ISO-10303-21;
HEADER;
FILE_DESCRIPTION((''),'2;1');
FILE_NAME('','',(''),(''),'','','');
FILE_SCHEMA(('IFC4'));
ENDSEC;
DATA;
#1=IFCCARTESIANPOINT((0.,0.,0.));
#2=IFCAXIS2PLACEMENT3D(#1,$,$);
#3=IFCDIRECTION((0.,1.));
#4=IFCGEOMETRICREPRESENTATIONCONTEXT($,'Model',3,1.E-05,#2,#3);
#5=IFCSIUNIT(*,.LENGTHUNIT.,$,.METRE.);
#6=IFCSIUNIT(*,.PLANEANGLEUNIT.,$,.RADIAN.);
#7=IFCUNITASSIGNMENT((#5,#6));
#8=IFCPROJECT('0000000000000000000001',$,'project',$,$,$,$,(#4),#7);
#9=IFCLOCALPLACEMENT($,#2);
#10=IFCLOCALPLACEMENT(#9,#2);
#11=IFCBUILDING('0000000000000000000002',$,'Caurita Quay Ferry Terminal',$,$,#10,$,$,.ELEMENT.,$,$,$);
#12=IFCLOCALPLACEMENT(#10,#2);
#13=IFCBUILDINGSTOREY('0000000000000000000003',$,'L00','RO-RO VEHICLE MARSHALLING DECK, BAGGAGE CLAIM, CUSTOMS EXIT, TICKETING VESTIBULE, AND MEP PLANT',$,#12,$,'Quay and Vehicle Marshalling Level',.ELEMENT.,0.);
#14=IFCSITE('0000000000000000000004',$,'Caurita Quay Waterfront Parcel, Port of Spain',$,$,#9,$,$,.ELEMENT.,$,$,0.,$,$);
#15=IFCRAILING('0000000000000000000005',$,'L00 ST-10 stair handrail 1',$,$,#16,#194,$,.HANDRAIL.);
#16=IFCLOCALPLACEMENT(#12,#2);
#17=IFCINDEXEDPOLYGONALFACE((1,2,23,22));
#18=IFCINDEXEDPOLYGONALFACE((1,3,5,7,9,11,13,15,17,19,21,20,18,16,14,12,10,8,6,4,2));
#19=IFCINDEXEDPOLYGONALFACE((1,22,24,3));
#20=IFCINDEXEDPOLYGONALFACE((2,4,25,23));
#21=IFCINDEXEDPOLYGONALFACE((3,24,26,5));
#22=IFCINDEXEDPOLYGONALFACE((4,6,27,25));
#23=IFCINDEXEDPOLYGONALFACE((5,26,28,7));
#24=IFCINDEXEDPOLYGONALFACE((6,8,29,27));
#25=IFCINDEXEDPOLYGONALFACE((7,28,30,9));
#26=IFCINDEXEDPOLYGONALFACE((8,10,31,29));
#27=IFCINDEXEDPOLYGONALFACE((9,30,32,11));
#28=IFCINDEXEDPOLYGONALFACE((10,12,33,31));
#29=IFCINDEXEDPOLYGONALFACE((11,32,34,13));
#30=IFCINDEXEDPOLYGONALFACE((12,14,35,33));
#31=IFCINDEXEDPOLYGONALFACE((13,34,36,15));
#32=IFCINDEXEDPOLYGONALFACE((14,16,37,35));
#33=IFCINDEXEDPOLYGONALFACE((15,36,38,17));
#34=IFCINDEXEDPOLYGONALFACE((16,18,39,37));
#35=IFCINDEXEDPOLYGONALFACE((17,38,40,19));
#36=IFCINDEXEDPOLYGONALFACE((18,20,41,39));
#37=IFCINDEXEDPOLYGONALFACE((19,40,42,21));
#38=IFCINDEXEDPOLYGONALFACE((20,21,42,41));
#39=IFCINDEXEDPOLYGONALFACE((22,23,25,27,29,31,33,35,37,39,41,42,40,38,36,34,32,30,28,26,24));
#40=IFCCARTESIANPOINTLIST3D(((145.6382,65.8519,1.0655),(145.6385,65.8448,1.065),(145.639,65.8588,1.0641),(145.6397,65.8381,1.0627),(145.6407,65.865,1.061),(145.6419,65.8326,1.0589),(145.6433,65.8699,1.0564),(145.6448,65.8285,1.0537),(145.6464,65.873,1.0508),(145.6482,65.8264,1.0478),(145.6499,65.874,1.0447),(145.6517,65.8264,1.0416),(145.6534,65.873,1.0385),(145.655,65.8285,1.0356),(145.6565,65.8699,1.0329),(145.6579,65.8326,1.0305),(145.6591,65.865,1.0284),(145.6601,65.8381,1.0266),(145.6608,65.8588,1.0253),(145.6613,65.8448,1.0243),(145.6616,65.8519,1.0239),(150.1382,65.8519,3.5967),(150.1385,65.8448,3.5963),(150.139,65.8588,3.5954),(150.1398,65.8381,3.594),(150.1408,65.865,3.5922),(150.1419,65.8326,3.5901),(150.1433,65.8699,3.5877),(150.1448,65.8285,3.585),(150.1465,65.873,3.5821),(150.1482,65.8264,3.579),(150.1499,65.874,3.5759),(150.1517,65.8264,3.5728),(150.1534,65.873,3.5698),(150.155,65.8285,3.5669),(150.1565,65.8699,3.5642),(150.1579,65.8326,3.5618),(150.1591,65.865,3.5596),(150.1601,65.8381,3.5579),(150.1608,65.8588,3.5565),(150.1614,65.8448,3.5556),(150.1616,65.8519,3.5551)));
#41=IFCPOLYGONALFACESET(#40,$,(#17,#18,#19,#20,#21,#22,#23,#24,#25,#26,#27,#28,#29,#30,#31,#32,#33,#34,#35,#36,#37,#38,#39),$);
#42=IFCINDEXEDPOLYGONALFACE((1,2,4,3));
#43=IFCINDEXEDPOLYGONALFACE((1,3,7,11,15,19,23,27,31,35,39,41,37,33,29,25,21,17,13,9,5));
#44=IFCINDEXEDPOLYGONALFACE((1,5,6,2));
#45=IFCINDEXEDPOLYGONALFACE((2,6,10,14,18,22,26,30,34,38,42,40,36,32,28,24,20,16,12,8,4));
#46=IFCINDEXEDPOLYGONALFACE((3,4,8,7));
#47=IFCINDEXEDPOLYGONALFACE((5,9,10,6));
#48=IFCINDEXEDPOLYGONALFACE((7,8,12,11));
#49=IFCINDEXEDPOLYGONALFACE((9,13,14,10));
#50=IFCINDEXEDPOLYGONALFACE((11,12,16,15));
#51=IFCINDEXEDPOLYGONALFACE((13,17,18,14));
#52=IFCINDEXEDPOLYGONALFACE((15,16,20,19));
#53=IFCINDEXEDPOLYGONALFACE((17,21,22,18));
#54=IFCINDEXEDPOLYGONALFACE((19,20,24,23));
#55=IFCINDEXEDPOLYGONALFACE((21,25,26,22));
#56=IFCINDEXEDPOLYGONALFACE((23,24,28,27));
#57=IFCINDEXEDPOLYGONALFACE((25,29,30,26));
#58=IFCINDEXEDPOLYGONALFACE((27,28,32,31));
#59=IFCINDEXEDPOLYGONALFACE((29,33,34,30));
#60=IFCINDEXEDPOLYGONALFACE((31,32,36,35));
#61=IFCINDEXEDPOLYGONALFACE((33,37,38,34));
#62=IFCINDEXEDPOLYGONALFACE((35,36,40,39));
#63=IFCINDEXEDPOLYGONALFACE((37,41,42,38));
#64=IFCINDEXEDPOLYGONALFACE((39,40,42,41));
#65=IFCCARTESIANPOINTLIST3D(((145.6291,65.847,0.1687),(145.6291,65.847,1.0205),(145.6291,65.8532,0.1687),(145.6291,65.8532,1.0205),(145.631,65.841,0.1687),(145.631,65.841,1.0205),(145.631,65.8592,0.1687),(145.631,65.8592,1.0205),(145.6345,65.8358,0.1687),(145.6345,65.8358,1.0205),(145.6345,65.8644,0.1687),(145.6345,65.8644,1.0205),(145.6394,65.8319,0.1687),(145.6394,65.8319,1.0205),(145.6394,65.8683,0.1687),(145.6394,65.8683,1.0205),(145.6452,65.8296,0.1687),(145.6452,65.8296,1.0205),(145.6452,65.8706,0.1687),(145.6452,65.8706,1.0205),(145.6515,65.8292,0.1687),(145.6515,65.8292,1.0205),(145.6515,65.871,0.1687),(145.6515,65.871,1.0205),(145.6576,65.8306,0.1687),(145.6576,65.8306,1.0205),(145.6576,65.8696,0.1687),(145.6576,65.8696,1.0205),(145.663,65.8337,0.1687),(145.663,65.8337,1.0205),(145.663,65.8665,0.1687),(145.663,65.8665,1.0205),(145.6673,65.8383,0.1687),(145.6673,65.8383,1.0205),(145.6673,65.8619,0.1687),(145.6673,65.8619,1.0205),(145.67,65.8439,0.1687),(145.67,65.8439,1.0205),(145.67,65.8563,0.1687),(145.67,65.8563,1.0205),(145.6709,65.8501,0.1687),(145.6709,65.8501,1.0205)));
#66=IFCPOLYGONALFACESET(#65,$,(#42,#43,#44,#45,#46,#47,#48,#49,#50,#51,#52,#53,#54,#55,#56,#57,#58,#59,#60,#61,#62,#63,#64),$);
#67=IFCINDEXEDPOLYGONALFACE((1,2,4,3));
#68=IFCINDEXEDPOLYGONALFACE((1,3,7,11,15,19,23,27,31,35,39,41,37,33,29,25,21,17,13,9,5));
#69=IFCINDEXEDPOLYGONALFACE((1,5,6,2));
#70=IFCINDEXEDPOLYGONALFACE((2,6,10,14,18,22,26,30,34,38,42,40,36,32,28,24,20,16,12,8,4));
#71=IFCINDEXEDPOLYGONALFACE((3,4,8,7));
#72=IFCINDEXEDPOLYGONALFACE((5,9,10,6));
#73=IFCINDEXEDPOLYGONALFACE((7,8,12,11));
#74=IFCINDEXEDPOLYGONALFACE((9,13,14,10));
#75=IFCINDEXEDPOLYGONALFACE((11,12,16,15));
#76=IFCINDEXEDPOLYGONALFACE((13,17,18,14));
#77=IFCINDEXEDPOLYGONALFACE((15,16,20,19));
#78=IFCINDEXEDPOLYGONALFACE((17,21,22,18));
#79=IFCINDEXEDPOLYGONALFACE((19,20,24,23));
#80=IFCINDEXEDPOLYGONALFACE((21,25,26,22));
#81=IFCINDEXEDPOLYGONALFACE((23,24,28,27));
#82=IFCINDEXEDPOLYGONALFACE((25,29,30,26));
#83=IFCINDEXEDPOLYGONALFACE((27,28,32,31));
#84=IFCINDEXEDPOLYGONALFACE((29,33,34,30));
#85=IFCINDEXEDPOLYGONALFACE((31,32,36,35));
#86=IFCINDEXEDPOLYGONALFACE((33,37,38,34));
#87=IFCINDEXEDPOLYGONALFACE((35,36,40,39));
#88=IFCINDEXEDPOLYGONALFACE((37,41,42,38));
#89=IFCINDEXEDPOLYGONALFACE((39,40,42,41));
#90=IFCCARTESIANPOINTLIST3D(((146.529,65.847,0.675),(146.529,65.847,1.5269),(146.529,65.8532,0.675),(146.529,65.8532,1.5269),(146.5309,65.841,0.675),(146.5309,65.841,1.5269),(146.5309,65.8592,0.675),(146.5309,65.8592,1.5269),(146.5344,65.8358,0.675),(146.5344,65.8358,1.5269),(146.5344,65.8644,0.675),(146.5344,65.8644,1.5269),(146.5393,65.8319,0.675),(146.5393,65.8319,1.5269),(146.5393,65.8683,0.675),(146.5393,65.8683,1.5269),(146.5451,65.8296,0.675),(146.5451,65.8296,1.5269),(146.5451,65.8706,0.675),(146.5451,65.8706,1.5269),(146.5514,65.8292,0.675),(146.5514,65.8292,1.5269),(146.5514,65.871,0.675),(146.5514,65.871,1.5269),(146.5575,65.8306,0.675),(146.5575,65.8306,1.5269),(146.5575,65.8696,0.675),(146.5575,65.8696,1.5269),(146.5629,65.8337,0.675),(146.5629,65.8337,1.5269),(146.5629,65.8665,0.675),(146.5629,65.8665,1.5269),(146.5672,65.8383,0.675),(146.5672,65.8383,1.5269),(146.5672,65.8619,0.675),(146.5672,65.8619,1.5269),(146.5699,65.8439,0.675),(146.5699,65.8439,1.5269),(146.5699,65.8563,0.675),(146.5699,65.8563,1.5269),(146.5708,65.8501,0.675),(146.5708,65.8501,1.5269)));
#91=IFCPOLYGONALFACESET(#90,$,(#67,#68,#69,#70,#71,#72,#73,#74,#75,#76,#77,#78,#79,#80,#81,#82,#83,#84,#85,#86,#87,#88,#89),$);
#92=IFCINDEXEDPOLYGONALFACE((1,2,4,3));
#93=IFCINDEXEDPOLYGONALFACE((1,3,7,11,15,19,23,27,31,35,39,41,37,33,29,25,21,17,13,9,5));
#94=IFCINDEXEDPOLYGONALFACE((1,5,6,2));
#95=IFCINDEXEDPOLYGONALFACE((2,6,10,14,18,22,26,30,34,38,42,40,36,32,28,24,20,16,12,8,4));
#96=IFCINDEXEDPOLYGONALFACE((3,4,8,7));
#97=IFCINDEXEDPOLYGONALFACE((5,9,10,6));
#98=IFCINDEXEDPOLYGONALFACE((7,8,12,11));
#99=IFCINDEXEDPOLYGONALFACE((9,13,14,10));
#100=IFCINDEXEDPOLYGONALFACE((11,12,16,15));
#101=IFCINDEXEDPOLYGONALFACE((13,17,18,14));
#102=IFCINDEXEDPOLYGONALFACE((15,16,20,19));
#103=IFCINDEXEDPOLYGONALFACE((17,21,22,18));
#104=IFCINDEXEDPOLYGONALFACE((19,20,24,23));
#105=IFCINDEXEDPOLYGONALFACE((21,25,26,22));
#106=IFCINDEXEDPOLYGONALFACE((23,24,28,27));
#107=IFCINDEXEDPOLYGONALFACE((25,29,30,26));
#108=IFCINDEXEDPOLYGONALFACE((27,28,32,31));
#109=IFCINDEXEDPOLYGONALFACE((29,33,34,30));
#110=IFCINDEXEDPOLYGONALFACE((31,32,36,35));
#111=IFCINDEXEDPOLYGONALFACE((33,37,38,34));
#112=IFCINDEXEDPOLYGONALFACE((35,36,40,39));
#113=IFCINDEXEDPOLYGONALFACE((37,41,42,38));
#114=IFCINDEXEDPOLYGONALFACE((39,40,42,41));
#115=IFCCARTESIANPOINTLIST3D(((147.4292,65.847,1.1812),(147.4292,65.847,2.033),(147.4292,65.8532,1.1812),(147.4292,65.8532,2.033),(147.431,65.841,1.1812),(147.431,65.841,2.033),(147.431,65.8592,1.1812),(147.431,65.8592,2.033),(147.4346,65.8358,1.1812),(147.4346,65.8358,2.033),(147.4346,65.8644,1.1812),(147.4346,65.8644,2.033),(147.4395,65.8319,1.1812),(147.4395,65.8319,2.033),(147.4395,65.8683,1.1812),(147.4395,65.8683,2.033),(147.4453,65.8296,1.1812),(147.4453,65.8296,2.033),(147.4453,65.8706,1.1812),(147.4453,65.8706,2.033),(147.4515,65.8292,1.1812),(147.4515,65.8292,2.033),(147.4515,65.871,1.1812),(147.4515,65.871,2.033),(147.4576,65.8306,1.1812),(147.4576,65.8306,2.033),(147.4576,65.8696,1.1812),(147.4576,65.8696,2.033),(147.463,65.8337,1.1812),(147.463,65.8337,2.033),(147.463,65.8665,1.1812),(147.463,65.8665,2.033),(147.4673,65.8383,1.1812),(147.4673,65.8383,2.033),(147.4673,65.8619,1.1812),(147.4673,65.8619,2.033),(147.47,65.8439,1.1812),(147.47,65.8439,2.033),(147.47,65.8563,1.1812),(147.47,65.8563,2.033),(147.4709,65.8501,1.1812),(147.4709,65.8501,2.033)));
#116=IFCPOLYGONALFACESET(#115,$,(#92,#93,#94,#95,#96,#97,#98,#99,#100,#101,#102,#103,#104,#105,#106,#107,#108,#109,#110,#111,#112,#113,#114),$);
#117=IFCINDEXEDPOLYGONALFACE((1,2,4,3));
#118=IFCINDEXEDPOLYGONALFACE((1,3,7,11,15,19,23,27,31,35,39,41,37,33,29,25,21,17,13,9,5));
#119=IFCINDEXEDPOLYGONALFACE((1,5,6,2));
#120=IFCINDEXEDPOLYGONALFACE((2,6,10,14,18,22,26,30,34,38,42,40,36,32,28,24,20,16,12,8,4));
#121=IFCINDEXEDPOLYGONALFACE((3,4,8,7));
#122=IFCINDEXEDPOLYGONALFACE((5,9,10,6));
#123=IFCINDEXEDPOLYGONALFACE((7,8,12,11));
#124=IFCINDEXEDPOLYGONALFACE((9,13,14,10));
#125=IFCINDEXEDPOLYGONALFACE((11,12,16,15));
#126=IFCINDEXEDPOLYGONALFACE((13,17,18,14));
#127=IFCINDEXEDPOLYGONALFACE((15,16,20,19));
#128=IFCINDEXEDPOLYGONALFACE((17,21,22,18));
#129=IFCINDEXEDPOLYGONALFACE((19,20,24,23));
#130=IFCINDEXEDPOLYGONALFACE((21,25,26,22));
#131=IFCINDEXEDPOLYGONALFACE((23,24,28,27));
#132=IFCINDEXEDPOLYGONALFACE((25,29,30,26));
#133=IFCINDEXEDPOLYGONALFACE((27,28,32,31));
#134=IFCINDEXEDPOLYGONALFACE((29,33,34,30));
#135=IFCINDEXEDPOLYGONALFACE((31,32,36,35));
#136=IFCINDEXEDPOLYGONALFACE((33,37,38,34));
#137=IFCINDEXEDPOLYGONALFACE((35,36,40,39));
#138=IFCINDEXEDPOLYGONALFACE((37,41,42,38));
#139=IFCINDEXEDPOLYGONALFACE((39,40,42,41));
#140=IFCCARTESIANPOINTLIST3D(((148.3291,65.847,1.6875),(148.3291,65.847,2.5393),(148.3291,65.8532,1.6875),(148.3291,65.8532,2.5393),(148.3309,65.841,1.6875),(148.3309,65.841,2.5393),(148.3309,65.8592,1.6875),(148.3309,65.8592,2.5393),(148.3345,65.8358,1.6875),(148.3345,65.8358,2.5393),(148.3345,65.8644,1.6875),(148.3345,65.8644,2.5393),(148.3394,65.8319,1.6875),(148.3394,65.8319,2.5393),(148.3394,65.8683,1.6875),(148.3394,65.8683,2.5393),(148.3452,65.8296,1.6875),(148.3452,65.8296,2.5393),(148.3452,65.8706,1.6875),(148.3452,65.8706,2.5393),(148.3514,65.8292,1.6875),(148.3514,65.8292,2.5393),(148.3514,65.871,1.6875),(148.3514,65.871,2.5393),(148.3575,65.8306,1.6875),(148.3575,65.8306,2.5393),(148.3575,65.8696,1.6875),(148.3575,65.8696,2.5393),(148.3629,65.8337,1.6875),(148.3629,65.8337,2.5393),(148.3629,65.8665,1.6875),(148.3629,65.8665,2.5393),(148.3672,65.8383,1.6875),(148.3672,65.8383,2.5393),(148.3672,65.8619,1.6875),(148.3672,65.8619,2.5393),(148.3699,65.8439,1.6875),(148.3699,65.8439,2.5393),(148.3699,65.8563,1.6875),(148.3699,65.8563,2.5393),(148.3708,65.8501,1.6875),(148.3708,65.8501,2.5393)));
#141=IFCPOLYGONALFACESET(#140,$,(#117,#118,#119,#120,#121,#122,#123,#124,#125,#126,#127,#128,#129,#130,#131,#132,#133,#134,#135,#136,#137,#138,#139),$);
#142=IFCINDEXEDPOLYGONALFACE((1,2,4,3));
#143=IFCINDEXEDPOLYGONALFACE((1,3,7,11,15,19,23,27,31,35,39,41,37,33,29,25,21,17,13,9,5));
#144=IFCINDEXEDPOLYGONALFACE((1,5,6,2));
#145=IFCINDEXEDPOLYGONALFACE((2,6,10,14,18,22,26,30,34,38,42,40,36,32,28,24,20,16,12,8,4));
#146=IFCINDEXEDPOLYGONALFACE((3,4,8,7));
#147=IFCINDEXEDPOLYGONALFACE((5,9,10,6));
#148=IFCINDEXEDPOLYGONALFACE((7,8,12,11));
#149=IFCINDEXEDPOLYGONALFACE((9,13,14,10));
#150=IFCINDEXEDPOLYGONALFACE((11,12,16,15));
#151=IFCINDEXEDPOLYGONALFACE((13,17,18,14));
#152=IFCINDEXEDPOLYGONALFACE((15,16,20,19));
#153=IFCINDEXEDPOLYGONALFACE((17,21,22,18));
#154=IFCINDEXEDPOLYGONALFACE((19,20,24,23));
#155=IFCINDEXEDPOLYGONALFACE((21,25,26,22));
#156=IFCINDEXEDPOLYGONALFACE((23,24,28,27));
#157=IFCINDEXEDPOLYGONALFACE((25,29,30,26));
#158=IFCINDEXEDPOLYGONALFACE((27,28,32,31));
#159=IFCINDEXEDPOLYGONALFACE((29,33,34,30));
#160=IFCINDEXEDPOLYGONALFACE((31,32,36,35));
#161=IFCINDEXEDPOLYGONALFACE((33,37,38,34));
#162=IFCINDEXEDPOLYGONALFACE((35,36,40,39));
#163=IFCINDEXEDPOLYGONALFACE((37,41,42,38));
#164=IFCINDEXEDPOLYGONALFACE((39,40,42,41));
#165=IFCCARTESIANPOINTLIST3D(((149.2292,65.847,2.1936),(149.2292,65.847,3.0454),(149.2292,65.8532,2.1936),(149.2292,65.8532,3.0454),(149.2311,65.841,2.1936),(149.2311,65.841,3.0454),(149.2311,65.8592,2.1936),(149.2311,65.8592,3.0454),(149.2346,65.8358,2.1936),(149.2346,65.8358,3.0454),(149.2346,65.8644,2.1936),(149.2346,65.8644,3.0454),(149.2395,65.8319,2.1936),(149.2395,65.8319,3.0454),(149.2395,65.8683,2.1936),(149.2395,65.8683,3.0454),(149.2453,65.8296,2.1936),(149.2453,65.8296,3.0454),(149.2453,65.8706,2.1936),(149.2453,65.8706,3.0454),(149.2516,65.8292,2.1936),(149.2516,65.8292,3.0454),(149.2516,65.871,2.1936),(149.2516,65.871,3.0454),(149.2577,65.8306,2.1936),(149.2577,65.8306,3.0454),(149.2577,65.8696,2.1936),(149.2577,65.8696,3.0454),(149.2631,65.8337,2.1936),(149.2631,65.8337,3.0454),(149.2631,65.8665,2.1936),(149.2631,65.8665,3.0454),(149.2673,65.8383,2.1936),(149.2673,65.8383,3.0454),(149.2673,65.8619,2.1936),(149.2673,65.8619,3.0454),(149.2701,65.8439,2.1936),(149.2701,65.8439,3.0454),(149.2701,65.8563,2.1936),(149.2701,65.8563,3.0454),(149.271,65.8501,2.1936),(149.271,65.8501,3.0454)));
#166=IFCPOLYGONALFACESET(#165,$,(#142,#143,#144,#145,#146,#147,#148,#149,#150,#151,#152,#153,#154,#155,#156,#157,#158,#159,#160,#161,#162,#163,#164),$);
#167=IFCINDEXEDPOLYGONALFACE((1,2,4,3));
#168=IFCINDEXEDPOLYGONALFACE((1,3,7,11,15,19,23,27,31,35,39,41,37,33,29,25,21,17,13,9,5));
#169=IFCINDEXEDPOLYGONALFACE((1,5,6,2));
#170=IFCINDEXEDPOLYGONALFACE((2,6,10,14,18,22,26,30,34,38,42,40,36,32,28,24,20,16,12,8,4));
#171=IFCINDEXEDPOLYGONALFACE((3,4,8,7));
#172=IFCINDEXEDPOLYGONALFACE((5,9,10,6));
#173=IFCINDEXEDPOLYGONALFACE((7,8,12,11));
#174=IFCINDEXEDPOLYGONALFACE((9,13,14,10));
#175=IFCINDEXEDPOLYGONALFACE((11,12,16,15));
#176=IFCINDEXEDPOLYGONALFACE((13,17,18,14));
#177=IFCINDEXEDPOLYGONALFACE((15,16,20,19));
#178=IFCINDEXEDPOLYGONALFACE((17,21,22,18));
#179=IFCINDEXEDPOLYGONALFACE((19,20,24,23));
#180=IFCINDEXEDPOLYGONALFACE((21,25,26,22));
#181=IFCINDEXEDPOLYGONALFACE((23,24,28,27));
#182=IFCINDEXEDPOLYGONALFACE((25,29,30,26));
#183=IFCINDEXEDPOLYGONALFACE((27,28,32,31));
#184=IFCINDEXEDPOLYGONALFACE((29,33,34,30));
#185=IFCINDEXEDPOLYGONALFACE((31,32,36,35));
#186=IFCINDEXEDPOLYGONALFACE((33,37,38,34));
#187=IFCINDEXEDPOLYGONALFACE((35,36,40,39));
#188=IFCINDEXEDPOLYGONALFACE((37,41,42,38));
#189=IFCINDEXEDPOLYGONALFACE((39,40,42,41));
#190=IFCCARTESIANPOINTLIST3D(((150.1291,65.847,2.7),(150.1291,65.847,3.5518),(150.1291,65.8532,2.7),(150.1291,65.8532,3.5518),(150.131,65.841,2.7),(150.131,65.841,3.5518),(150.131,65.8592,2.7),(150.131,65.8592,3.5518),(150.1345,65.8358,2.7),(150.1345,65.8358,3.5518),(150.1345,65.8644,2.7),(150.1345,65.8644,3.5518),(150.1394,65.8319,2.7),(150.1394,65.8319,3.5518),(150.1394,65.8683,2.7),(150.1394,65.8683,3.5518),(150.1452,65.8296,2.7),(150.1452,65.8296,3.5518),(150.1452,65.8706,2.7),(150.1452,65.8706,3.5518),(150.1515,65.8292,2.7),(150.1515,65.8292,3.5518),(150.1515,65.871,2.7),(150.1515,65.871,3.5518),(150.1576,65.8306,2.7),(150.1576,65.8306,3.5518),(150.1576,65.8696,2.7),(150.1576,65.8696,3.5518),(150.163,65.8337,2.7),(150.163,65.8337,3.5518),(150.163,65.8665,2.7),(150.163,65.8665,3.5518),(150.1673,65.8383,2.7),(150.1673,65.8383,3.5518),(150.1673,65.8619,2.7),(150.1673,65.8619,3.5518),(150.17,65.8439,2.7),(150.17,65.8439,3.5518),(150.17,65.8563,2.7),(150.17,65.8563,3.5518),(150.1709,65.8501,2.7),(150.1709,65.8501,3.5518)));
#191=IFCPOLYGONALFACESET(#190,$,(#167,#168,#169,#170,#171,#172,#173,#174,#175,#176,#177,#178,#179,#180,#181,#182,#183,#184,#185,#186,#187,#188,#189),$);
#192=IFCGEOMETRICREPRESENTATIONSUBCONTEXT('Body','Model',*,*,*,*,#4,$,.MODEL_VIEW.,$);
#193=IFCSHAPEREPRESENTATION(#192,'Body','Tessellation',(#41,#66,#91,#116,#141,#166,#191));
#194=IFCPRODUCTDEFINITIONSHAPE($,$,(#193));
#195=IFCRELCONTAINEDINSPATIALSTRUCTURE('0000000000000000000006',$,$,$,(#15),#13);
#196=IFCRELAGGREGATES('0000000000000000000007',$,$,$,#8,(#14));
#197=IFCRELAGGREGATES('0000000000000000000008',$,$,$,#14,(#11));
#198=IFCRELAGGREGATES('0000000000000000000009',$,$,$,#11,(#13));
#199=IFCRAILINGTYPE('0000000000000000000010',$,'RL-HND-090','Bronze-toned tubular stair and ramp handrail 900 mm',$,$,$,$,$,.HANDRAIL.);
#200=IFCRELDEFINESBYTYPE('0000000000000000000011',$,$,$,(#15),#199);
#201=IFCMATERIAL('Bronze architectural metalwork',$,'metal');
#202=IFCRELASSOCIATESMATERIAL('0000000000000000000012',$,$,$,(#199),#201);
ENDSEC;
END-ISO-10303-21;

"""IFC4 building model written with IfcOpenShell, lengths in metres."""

from ifc_helpers import new_model, si_unit, direction, frame, origin, origin_2d, place, context, subcontext, project, spatial, circle, extrude, material, type_object, element, save


model = new_model("IFC4")

# Units and contexts
model_context = context("Model", 3, precision=1e-05, world=origin(), true_north=direction((0.0, 1.0)))
body_context = subcontext(model_context, "Body", "Model", "MODEL_VIEW")
ifc_project = project(units=[si_unit("LENGTHUNIT", "METRE"), si_unit("PLANEANGLEUNIT", "RADIAN")], contexts=[model_context])

# Site, building, storey
site_placement = place(None, origin())
site = spatial("IfcSite", under=ifc_project, at=site_placement, Name="Caurita Quay Waterfront Parcel, Port of Spain", CompositionType="ELEMENT", RefElevation=0.0)
building_placement = place(site_placement, origin())
building = spatial("IfcBuilding", under=site, at=building_placement, Name="Caurita Quay Ferry Terminal", CompositionType="ELEMENT")
storey_placement = place(building_placement, origin())
storey = spatial("IfcBuildingStorey", under=building, at=storey_placement, Name="L00", Description="RO-RO VEHICLE MARSHALLING DECK, BAGGAGE CLAIM, CUSTOMS EXIT, TICKETING VESTIBULE, AND MEP PLANT", LongName="Quay and Vehicle Marshalling Level", CompositionType="ELEMENT", Elevation=0.0)

# Railing
ifc_material_1 = material(Name="Bronze architectural metalwork", Category="metal")
railing_type = type_object("IfcRailingType", Name="RL-HND-090", Description="Bronze-toned tubular stair and ramp handrail 900 mm", PredefinedType="HANDRAIL", material=ifc_material_1)
railing_placement = place(storey_placement, frame((145.6499, 65.8501, 0.1687)))
element("IfcRailing", 1, at=railing_placement, inside=storey, type_object=railing_type, Name="L00 ST-10 stair handrail 1", PredefinedType="HANDRAIL", context=body_context, shape_type="SweptSolid", body=[
    extrude(circle(Radius=0.0239, at=origin_2d()), frame((0.0, 0.0, 0.876), z_axis=(0.871576, 0.0, 0.490261), x_axis=(0.0, 1.0, 0.0)), (0.0, 0.0, 1.0), 5.1631),
    extrude(circle(Radius=0.021, at=origin_2d()), origin(), (0.0, 0.0, 1.0), 0.8518),
    extrude(circle(Radius=0.021, at=origin_2d()), frame((0.8999, 0.0, 0.5063)), (0.0, 0.0, 1.0), 0.8518),
    extrude(circle(Radius=0.021, at=origin_2d()), frame((1.8, 0.0, 1.0125)), (0.0, 0.0, 1.0), 0.8518),
    extrude(circle(Radius=0.021, at=origin_2d()), frame((2.7, 0.0, 1.5188)), (0.0, 0.0, 1.0), 0.8518),
    extrude(circle(Radius=0.021, at=origin_2d()), frame((3.6001, 0.0, 2.0249)), (0.0, 0.0, 1.0), 0.8518),
    extrude(circle(Radius=0.021, at=origin_2d()), frame((4.5, 0.0, 2.5312)), (0.0, 0.0, 1.0), 0.8518),
])

save(model, "model.ifc")
